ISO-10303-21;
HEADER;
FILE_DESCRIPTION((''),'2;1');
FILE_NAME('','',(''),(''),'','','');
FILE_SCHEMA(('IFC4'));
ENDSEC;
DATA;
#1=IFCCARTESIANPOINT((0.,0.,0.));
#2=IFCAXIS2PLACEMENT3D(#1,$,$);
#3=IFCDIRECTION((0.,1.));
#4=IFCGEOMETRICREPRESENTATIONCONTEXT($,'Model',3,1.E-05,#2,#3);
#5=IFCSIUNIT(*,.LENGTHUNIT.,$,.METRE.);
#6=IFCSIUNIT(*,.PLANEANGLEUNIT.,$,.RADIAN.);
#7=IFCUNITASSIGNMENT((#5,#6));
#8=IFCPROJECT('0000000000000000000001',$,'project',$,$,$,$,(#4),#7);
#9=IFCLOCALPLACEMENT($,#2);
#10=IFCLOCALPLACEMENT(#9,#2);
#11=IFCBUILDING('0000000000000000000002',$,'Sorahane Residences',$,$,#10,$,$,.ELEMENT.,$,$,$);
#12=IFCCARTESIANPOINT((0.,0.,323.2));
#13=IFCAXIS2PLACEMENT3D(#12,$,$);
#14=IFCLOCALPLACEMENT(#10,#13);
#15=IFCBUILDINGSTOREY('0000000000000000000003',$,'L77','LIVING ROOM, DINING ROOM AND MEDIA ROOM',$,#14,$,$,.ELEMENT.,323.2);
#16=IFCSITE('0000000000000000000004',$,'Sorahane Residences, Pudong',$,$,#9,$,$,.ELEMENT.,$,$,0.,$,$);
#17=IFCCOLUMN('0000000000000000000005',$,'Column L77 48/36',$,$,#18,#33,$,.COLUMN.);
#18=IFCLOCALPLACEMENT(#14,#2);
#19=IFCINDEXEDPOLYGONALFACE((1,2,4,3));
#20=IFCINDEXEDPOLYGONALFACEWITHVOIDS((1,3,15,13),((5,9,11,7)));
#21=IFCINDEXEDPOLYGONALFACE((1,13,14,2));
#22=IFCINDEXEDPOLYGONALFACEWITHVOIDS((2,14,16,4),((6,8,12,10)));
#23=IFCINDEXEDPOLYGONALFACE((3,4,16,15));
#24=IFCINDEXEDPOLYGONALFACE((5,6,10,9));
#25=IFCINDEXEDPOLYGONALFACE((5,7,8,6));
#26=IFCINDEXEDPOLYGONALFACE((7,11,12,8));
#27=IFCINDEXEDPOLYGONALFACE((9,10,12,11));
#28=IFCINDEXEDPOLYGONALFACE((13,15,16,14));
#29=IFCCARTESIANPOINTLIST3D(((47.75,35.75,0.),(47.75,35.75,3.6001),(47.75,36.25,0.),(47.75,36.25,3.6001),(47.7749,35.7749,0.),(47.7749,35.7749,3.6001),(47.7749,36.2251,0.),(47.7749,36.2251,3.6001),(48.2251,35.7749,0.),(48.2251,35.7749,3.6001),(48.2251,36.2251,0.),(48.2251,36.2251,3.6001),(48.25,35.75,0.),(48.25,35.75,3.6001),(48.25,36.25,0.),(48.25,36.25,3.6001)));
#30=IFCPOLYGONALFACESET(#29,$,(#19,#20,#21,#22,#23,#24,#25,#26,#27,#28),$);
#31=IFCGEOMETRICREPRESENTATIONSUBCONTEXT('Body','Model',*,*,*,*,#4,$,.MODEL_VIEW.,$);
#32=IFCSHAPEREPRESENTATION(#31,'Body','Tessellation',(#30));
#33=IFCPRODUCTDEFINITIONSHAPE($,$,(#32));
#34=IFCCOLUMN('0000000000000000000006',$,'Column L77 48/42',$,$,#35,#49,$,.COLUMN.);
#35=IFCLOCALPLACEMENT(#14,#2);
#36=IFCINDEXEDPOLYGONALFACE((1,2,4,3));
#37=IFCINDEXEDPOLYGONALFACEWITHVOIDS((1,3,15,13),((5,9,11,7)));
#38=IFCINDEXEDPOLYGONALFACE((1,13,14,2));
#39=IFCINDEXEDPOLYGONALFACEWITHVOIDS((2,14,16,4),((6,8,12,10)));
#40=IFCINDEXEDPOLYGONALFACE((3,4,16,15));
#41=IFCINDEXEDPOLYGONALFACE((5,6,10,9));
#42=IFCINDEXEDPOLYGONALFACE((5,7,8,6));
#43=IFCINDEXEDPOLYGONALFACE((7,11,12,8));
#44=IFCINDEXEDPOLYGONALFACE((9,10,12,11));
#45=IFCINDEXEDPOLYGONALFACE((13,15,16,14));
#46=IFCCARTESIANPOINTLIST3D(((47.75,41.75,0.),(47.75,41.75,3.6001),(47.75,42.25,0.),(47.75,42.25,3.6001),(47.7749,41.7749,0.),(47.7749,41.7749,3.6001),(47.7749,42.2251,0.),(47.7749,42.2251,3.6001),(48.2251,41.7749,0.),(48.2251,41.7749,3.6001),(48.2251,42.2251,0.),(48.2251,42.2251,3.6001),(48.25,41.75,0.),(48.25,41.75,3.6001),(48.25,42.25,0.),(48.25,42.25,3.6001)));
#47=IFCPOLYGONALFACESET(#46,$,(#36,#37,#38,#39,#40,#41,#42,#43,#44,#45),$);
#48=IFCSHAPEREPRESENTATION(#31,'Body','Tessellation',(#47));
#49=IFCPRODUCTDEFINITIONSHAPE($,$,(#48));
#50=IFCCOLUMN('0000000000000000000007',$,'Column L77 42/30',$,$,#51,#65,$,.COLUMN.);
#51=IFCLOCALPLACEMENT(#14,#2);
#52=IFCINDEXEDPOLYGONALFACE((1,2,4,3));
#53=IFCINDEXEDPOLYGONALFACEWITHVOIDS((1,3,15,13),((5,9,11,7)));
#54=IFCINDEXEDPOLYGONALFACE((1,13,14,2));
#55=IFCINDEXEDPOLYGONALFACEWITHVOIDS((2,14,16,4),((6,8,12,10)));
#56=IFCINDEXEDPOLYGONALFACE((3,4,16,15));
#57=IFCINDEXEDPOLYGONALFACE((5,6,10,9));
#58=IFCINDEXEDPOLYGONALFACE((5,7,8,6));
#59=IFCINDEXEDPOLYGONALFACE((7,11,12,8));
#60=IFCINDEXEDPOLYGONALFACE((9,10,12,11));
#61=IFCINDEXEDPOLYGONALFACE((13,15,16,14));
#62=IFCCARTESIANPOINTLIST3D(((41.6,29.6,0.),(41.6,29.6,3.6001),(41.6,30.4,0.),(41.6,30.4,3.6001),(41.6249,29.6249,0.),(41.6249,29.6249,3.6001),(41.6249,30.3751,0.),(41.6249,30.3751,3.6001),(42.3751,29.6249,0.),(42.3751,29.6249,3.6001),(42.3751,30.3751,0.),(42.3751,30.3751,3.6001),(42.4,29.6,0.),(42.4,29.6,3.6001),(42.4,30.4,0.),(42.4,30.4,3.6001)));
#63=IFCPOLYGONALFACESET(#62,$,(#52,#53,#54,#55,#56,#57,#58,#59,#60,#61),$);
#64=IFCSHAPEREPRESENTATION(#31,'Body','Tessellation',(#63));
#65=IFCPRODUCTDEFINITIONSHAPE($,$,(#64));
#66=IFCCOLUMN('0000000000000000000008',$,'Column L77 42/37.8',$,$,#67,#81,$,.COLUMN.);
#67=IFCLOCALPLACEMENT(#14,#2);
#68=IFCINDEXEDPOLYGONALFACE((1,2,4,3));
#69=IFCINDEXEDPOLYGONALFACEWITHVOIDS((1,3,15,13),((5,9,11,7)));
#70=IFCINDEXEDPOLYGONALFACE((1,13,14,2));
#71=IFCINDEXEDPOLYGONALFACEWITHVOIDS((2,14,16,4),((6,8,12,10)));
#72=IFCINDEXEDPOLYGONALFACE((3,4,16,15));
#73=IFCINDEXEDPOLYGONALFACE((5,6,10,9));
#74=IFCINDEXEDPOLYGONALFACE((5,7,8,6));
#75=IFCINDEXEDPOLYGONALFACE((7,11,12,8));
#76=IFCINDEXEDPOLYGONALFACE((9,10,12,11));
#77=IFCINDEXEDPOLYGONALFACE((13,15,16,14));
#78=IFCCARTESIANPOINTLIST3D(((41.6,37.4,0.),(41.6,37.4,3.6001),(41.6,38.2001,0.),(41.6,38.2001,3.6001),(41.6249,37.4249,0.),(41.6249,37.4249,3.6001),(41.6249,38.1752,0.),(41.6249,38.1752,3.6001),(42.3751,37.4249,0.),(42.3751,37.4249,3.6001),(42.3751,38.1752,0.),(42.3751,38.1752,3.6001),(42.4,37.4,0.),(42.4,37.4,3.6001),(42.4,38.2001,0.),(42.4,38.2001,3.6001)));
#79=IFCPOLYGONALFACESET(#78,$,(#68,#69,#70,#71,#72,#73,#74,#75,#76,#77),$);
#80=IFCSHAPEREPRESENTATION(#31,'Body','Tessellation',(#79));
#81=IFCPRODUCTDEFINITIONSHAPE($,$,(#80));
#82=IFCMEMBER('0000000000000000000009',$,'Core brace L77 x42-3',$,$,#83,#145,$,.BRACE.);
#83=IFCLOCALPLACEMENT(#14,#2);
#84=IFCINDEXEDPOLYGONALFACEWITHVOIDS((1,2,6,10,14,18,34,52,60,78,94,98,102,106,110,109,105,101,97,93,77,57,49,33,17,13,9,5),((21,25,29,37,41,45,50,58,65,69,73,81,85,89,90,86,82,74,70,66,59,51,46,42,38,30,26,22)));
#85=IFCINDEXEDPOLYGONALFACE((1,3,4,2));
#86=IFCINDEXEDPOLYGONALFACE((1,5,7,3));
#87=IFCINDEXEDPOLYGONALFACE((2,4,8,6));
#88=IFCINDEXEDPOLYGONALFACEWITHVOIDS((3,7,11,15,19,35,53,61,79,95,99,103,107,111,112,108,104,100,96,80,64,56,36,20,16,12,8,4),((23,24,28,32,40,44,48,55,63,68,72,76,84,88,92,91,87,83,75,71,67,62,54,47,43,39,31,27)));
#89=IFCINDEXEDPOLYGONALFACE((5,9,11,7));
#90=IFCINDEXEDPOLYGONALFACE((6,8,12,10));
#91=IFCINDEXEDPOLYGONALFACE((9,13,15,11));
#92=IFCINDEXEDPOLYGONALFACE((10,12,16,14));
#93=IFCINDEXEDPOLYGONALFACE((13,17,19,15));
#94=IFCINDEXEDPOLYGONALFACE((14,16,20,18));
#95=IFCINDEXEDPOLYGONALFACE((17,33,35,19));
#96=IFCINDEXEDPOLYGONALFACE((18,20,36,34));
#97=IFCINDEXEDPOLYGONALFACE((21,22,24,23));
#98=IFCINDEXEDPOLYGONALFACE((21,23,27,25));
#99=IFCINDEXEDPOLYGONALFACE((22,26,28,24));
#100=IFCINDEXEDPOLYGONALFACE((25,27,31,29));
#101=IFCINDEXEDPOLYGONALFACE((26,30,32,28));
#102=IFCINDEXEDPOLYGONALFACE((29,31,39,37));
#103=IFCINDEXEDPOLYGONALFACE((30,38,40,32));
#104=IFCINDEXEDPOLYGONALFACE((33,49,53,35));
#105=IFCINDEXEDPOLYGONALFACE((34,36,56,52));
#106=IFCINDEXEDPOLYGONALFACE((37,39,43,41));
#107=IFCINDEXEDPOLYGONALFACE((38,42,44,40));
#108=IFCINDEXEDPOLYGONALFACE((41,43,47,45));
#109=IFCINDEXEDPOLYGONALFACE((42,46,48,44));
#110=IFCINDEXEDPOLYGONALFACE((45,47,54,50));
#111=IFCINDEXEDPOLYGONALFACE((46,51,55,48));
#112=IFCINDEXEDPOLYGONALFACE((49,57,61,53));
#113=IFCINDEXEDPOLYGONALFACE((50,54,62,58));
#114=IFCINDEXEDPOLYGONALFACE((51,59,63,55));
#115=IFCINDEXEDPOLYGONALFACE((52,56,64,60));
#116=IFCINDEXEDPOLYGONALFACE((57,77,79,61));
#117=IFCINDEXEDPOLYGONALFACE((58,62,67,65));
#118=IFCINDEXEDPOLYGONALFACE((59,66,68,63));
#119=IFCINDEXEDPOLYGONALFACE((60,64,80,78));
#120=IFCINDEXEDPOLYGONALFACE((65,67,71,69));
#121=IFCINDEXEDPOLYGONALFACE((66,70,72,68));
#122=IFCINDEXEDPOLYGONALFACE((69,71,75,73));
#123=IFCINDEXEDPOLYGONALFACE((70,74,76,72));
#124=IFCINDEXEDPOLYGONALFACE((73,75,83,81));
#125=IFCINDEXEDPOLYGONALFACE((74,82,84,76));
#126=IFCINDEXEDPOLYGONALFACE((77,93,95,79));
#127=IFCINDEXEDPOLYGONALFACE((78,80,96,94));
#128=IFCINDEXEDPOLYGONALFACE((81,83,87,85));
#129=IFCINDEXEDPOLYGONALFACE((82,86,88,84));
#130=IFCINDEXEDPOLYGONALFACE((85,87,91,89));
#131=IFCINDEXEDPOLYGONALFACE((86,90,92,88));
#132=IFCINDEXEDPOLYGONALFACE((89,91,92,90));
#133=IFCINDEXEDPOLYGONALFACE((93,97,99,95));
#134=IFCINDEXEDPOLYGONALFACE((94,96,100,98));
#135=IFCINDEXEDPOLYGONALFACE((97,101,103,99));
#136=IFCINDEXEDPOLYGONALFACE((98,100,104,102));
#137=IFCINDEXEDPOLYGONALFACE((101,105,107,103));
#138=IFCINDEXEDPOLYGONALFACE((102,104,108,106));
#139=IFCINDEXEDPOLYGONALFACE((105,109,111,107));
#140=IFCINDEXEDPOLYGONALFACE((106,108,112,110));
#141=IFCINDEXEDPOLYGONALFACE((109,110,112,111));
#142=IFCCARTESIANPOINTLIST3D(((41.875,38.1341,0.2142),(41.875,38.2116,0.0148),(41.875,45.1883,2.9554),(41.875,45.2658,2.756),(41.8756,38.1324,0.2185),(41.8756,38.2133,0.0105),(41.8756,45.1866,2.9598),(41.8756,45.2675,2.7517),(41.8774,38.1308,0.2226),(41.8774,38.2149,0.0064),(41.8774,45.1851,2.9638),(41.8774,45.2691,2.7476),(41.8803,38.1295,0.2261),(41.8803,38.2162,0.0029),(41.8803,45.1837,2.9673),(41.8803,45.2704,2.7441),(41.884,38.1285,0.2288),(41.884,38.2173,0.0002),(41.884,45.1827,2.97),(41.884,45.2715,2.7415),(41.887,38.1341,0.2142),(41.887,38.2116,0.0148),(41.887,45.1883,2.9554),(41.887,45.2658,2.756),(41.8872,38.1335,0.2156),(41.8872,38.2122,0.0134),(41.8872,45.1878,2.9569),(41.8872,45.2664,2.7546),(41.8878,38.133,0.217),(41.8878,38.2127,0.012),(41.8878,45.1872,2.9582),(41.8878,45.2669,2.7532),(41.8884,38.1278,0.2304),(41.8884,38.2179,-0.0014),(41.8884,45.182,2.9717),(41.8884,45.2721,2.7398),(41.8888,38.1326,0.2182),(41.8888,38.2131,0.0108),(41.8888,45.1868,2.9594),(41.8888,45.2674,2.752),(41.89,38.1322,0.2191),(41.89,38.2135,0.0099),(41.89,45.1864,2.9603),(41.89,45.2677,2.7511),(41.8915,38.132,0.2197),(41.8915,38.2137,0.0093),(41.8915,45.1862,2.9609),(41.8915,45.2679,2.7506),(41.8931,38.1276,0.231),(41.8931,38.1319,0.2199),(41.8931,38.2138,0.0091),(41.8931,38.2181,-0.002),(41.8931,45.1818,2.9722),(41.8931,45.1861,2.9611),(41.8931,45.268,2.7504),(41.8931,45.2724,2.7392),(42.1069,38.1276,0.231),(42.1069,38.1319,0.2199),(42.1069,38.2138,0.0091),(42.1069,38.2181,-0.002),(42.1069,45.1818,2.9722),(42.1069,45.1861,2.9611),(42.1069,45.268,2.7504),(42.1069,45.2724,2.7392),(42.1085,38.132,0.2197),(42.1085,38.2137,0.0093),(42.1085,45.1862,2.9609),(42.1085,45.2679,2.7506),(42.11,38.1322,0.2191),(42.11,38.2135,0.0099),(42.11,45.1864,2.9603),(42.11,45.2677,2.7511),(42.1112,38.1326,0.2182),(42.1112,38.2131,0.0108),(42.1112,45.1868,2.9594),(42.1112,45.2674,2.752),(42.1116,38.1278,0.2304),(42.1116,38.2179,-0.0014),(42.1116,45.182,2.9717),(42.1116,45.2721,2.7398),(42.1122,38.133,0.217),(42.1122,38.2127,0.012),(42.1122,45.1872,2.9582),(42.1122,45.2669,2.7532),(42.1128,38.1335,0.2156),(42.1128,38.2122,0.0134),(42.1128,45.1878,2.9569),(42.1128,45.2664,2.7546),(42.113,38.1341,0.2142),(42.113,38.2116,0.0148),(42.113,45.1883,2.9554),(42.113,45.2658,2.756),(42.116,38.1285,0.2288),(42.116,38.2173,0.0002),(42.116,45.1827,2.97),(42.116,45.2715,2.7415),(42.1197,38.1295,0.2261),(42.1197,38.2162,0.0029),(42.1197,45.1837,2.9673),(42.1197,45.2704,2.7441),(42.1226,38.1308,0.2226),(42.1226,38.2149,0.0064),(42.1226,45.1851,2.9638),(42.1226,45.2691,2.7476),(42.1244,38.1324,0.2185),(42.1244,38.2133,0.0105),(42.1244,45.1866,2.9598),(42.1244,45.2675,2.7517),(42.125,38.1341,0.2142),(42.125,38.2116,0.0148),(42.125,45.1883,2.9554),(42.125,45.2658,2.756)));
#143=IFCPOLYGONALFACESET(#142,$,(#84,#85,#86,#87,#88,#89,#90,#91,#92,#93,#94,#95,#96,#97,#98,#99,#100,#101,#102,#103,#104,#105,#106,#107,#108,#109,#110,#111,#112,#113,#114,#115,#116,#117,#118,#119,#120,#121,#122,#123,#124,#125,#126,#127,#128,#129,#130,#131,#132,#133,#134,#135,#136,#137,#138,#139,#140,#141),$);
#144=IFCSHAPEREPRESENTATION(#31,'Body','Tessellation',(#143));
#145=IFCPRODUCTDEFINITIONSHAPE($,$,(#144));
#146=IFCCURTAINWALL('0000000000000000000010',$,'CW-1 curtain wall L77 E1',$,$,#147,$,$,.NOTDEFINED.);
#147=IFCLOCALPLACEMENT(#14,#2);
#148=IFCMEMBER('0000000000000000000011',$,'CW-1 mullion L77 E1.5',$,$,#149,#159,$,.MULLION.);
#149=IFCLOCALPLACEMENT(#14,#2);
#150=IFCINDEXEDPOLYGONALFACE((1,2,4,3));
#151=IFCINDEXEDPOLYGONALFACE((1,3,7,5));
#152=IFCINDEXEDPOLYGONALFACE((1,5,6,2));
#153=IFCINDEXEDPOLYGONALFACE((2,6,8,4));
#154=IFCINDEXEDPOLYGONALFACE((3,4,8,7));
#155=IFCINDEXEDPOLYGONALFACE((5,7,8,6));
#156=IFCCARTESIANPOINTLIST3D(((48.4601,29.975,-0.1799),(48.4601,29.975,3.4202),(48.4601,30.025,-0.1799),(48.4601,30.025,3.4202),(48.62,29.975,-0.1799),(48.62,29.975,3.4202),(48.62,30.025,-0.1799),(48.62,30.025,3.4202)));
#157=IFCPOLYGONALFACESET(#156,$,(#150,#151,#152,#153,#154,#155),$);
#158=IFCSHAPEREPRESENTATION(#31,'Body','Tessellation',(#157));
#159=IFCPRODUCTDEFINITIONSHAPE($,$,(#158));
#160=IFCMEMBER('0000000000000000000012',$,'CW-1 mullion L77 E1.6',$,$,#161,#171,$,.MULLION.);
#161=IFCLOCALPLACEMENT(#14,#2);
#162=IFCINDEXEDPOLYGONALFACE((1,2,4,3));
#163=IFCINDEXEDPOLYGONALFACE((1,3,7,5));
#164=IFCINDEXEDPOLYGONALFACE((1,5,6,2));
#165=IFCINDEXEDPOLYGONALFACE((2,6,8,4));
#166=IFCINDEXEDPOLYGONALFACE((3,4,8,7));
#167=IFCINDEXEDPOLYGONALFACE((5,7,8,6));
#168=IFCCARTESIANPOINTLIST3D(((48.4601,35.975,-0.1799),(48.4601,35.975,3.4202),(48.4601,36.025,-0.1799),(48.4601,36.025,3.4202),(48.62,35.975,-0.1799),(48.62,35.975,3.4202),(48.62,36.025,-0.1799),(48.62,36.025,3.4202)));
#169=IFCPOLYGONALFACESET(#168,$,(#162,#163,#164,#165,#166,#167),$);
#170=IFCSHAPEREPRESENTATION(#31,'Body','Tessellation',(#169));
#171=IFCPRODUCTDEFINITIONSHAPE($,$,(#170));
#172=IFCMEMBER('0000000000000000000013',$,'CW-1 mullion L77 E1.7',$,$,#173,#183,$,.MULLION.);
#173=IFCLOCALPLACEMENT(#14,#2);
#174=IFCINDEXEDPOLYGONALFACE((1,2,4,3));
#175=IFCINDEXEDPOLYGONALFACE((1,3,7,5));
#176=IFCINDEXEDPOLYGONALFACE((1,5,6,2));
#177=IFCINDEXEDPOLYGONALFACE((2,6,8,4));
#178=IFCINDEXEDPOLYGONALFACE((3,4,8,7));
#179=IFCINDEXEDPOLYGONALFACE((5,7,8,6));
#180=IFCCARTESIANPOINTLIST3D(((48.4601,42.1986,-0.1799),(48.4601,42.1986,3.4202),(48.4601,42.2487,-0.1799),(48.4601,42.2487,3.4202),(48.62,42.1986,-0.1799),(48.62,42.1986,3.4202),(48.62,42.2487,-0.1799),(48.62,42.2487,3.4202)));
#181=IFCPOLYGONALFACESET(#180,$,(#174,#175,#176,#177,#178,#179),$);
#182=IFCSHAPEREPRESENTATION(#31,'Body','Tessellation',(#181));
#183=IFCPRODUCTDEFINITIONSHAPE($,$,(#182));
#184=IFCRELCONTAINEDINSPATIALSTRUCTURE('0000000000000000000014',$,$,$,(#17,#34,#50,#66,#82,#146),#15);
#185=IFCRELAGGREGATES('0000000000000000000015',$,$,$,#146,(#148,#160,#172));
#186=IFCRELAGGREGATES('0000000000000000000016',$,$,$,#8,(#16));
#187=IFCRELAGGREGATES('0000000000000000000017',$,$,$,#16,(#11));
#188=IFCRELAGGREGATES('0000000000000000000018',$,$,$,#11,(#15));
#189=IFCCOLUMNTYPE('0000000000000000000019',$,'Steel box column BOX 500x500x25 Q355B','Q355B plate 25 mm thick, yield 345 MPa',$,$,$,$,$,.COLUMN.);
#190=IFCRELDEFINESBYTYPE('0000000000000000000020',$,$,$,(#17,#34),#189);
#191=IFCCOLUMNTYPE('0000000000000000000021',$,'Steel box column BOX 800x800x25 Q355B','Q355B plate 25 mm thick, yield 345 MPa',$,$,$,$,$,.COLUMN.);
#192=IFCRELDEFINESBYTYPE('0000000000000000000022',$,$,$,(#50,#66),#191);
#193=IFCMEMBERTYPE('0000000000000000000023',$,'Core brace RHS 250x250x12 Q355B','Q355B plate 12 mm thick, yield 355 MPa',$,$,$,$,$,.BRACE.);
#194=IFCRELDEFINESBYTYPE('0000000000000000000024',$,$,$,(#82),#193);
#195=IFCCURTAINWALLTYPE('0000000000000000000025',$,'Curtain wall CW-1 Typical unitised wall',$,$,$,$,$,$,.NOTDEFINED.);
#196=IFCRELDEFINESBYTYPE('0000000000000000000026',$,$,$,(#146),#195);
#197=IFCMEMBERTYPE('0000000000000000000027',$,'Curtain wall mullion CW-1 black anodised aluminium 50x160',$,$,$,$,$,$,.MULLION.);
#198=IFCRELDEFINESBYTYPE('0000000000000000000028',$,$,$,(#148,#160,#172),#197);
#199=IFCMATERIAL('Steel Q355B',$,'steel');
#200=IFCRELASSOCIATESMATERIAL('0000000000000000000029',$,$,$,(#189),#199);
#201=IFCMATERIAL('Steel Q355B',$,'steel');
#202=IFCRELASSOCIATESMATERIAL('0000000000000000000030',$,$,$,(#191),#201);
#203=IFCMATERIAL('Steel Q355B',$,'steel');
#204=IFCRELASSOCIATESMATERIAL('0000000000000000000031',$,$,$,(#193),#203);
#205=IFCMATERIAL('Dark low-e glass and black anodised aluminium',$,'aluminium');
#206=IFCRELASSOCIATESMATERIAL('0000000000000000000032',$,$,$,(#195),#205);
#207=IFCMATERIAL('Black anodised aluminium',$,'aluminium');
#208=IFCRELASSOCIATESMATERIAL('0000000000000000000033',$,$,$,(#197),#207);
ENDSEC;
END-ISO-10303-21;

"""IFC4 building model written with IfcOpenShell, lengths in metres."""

from ifc_helpers import new_model, si_unit, direction, frame, origin, origin_2d, place, context, subcontext, project, spatial, rectangle, hollow_rectangle, extrude, material, material_profile, profile_set, type_object, element, aggregate, save


model = new_model("IFC4")

# Units and contexts
model_context = context("Model", 3, precision=1e-05, world=origin(), true_north=direction((0.0, 1.0)))
body_context = subcontext(model_context, "Body", "Model", "MODEL_VIEW")
ifc_project = project(units=[si_unit("LENGTHUNIT", "METRE"), si_unit("PLANEANGLEUNIT", "RADIAN")], contexts=[model_context])

# Site, building, storey
site_placement = place(None, origin())
site = spatial("IfcSite", under=ifc_project, at=site_placement, Name="Sorahane Residences, Pudong", CompositionType="ELEMENT", RefElevation=0.0)
building_placement = place(site_placement, origin())
building = spatial("IfcBuilding", under=site, at=building_placement, Name="Sorahane Residences", CompositionType="ELEMENT")
storey_placement = place(building_placement, frame((0.0, 0.0, 323.2)))
storey = spatial("IfcBuildingStorey", under=building, at=storey_placement, Name="L77", Description="LIVING ROOM, DINING ROOM AND MEDIA ROOM", CompositionType="ELEMENT", Elevation=323.2)

# Columns
ifc_material_1 = material(Name="Steel Q355B", Category="steel")
ifc_material_profile_1 = material_profile(ifc_material_1, hollow_rectangle(XDim=0.5, YDim=0.5, WallThickness=0.0249, at=origin_2d()), Name="BOX 500x500x25")
ifc_profile_set_1 = profile_set([ifc_material_profile_1], Name="Steel Q355B")
column_type_1 = type_object("IfcColumnType", Name="Steel box column BOX 500x500x25 Q355B", Description="Q355B plate 25 mm thick, yield 345 MPa", PredefinedType="COLUMN", material=ifc_profile_set_1)
for number, where, z_axis, x_axis, name in (
    (1, (48.0, 36.0, 0.0), (0.0, 0.0, 1.0), (1.0, 0.0, 0.0), "Column L77 48/36"),
    (2, (48.0, 42.0, 0.0), (0.0, 0.0, 1.0), (1.0, 0.0, 0.0), "Column L77 48/42"),
):
    element("IfcColumn", number, at=place(storey_placement, frame(where, z_axis=z_axis, x_axis=x_axis)), inside=storey, type_object=column_type_1, Name=name, PredefinedType="COLUMN", context=body_context, shape_type="SweptSolid", body=[
        extrude(hollow_rectangle(XDim=0.5, YDim=0.5, WallThickness=0.0249, at=origin_2d()), origin(), (0.0, 0.0, 1.0), 3.6001),
    ])
ifc_material_2 = material(Name="Steel Q355B", Category="steel")
ifc_material_profile_2 = material_profile(ifc_material_2, hollow_rectangle(XDim=0.8, YDim=0.8, WallThickness=0.0249, at=origin_2d()), Name="BOX 800x800x25")
ifc_profile_set_2 = profile_set([ifc_material_profile_2], Name="Steel Q355B")
column_type_2 = type_object("IfcColumnType", Name="Steel box column BOX 800x800x25 Q355B", Description="Q355B plate 25 mm thick, yield 345 MPa", PredefinedType="COLUMN", material=ifc_profile_set_2)
for number, where, z_axis, x_axis, name in (
    (3, (42.0, 30.0, 0.0), (0.0, 0.0, 1.0), (1.0, 0.0, 0.0), "Column L77 42/30"),
    (4, (42.0, 37.8, 0.0), (0.0, 0.0, 1.0), (1.0, 0.0, 0.0), "Column L77 42/37.8"),
):
    element("IfcColumn", number, at=place(storey_placement, frame(where, z_axis=z_axis, x_axis=x_axis)), inside=storey, type_object=column_type_2, Name=name, PredefinedType="COLUMN", context=body_context, shape_type="SweptSolid", body=[
        extrude(hollow_rectangle(XDim=0.8, YDim=0.8, WallThickness=0.0249, at=origin_2d()), origin(), (0.0, 0.0, 1.0), 3.6001),
    ])

# Member
ifc_material_3 = material(Name="Steel Q355B", Category="steel")
ifc_material_profile_3 = material_profile(ifc_material_3, hollow_rectangle(XDim=0.25, YDim=0.25, WallThickness=0.012, InnerFilletRadius=0.0061, OuterFilletRadius=0.0181, at=origin_2d()), Name="RHS 250x250x12")
ifc_profile_set_3 = profile_set([ifc_material_profile_3], Name="Steel Q355B")
member_type_1 = type_object("IfcMemberType", Name="Core brace RHS 250x250x12 Q355B", Description="Q355B plate 12 mm thick, yield 355 MPa", PredefinedType="BRACE", material=ifc_profile_set_3)
member_1_placement = place(storey_placement, frame((42.0, 38.1729, 0.1145), z_axis=(0.0, 0.932098, 0.362207), x_axis=(-1.0, 0.0, 0.0)))
element("IfcMember", 5, at=member_1_placement, inside=storey, type_object=member_type_1, Name="Core brace L77 x42-3", PredefinedType="BRACE", context=body_context, shape_type="SweptSolid", body=[
    extrude(hollow_rectangle(XDim=0.25, YDim=0.25, WallThickness=0.012, InnerFilletRadius=0.0061, OuterFilletRadius=0.0181, at=origin_2d()), origin(), (0.0, 0.0, 1.0), 7.5681),
])

# Curtain wall, members
ifc_material_4 = material(Name="Dark low-e glass and black anodised aluminium", Category="aluminium")
curtain_wall_type = type_object("IfcCurtainWallType", Name="Curtain wall CW-1 Typical unitised wall", PredefinedType="NOTDEFINED", material=ifc_material_4)
curtain_wall_placement = place(storey_placement, origin())
curtain_wall = element("IfcCurtainWall", 6, at=curtain_wall_placement, inside=storey, type_object=curtain_wall_type, Name="CW-1 curtain wall L77 E1", PredefinedType="NOTDEFINED")
ifc_material_5 = material(Name="Black anodised aluminium", Category="aluminium")
ifc_material_profile_4 = material_profile(ifc_material_5, rectangle(XDim=0.1599, YDim=0.05, at=origin_2d()), Name="Curtain wall mullion CW-1 black anodised aluminium 50x160")
ifc_profile_set_4 = profile_set([ifc_material_profile_4], Name="Black anodised aluminium")
member_type_2 = type_object("IfcMemberType", Name="Curtain wall mullion CW-1 black anodised aluminium 50x160", PredefinedType="MULLION", material=ifc_profile_set_4)
member_2_placement = place(storey_placement, frame((48.54, 30.0, -0.1799), z_axis=(0.0, 0.0, 1.0), x_axis=(1.0, 0.0, 0.0)))
member_2 = element("IfcMember", 7, at=member_2_placement, type_object=member_type_2, Name="CW-1 mullion L77 E1.5", PredefinedType="MULLION", context=body_context, shape_type="SweptSolid", body=[
    extrude(rectangle(XDim=0.1599, YDim=0.05, at=origin_2d()), origin(), (0.0, 0.0, 1.0), 3.6001),
])
member_3_placement = place(storey_placement, frame((48.54, 36.0, -0.1799), z_axis=(0.0, 0.0, 1.0), x_axis=(1.0, 0.0, 0.0)))
member_3 = element("IfcMember", 8, at=member_3_placement, type_object=member_type_2, Name="CW-1 mullion L77 E1.6", PredefinedType="MULLION", context=body_context, shape_type="SweptSolid", body=[
    extrude(rectangle(XDim=0.1599, YDim=0.05, at=origin_2d()), origin(), (0.0, 0.0, 1.0), 3.6001),
])
member_4_placement = place(storey_placement, frame((48.54, 42.2236, -0.1799), z_axis=(0.0, 0.0, 1.0), x_axis=(1.0, 0.0, 0.0)))
member_4 = element("IfcMember", 9, at=member_4_placement, type_object=member_type_2, Name="CW-1 mullion L77 E1.7", PredefinedType="MULLION", context=body_context, shape_type="SweptSolid", body=[
    extrude(rectangle(XDim=0.1599, YDim=0.05, at=origin_2d()), origin(), (0.0, 0.0, 1.0), 3.6001),
])

aggregate(curtain_wall, [member_2, member_3, member_4])

save(model, "model.ifc")
